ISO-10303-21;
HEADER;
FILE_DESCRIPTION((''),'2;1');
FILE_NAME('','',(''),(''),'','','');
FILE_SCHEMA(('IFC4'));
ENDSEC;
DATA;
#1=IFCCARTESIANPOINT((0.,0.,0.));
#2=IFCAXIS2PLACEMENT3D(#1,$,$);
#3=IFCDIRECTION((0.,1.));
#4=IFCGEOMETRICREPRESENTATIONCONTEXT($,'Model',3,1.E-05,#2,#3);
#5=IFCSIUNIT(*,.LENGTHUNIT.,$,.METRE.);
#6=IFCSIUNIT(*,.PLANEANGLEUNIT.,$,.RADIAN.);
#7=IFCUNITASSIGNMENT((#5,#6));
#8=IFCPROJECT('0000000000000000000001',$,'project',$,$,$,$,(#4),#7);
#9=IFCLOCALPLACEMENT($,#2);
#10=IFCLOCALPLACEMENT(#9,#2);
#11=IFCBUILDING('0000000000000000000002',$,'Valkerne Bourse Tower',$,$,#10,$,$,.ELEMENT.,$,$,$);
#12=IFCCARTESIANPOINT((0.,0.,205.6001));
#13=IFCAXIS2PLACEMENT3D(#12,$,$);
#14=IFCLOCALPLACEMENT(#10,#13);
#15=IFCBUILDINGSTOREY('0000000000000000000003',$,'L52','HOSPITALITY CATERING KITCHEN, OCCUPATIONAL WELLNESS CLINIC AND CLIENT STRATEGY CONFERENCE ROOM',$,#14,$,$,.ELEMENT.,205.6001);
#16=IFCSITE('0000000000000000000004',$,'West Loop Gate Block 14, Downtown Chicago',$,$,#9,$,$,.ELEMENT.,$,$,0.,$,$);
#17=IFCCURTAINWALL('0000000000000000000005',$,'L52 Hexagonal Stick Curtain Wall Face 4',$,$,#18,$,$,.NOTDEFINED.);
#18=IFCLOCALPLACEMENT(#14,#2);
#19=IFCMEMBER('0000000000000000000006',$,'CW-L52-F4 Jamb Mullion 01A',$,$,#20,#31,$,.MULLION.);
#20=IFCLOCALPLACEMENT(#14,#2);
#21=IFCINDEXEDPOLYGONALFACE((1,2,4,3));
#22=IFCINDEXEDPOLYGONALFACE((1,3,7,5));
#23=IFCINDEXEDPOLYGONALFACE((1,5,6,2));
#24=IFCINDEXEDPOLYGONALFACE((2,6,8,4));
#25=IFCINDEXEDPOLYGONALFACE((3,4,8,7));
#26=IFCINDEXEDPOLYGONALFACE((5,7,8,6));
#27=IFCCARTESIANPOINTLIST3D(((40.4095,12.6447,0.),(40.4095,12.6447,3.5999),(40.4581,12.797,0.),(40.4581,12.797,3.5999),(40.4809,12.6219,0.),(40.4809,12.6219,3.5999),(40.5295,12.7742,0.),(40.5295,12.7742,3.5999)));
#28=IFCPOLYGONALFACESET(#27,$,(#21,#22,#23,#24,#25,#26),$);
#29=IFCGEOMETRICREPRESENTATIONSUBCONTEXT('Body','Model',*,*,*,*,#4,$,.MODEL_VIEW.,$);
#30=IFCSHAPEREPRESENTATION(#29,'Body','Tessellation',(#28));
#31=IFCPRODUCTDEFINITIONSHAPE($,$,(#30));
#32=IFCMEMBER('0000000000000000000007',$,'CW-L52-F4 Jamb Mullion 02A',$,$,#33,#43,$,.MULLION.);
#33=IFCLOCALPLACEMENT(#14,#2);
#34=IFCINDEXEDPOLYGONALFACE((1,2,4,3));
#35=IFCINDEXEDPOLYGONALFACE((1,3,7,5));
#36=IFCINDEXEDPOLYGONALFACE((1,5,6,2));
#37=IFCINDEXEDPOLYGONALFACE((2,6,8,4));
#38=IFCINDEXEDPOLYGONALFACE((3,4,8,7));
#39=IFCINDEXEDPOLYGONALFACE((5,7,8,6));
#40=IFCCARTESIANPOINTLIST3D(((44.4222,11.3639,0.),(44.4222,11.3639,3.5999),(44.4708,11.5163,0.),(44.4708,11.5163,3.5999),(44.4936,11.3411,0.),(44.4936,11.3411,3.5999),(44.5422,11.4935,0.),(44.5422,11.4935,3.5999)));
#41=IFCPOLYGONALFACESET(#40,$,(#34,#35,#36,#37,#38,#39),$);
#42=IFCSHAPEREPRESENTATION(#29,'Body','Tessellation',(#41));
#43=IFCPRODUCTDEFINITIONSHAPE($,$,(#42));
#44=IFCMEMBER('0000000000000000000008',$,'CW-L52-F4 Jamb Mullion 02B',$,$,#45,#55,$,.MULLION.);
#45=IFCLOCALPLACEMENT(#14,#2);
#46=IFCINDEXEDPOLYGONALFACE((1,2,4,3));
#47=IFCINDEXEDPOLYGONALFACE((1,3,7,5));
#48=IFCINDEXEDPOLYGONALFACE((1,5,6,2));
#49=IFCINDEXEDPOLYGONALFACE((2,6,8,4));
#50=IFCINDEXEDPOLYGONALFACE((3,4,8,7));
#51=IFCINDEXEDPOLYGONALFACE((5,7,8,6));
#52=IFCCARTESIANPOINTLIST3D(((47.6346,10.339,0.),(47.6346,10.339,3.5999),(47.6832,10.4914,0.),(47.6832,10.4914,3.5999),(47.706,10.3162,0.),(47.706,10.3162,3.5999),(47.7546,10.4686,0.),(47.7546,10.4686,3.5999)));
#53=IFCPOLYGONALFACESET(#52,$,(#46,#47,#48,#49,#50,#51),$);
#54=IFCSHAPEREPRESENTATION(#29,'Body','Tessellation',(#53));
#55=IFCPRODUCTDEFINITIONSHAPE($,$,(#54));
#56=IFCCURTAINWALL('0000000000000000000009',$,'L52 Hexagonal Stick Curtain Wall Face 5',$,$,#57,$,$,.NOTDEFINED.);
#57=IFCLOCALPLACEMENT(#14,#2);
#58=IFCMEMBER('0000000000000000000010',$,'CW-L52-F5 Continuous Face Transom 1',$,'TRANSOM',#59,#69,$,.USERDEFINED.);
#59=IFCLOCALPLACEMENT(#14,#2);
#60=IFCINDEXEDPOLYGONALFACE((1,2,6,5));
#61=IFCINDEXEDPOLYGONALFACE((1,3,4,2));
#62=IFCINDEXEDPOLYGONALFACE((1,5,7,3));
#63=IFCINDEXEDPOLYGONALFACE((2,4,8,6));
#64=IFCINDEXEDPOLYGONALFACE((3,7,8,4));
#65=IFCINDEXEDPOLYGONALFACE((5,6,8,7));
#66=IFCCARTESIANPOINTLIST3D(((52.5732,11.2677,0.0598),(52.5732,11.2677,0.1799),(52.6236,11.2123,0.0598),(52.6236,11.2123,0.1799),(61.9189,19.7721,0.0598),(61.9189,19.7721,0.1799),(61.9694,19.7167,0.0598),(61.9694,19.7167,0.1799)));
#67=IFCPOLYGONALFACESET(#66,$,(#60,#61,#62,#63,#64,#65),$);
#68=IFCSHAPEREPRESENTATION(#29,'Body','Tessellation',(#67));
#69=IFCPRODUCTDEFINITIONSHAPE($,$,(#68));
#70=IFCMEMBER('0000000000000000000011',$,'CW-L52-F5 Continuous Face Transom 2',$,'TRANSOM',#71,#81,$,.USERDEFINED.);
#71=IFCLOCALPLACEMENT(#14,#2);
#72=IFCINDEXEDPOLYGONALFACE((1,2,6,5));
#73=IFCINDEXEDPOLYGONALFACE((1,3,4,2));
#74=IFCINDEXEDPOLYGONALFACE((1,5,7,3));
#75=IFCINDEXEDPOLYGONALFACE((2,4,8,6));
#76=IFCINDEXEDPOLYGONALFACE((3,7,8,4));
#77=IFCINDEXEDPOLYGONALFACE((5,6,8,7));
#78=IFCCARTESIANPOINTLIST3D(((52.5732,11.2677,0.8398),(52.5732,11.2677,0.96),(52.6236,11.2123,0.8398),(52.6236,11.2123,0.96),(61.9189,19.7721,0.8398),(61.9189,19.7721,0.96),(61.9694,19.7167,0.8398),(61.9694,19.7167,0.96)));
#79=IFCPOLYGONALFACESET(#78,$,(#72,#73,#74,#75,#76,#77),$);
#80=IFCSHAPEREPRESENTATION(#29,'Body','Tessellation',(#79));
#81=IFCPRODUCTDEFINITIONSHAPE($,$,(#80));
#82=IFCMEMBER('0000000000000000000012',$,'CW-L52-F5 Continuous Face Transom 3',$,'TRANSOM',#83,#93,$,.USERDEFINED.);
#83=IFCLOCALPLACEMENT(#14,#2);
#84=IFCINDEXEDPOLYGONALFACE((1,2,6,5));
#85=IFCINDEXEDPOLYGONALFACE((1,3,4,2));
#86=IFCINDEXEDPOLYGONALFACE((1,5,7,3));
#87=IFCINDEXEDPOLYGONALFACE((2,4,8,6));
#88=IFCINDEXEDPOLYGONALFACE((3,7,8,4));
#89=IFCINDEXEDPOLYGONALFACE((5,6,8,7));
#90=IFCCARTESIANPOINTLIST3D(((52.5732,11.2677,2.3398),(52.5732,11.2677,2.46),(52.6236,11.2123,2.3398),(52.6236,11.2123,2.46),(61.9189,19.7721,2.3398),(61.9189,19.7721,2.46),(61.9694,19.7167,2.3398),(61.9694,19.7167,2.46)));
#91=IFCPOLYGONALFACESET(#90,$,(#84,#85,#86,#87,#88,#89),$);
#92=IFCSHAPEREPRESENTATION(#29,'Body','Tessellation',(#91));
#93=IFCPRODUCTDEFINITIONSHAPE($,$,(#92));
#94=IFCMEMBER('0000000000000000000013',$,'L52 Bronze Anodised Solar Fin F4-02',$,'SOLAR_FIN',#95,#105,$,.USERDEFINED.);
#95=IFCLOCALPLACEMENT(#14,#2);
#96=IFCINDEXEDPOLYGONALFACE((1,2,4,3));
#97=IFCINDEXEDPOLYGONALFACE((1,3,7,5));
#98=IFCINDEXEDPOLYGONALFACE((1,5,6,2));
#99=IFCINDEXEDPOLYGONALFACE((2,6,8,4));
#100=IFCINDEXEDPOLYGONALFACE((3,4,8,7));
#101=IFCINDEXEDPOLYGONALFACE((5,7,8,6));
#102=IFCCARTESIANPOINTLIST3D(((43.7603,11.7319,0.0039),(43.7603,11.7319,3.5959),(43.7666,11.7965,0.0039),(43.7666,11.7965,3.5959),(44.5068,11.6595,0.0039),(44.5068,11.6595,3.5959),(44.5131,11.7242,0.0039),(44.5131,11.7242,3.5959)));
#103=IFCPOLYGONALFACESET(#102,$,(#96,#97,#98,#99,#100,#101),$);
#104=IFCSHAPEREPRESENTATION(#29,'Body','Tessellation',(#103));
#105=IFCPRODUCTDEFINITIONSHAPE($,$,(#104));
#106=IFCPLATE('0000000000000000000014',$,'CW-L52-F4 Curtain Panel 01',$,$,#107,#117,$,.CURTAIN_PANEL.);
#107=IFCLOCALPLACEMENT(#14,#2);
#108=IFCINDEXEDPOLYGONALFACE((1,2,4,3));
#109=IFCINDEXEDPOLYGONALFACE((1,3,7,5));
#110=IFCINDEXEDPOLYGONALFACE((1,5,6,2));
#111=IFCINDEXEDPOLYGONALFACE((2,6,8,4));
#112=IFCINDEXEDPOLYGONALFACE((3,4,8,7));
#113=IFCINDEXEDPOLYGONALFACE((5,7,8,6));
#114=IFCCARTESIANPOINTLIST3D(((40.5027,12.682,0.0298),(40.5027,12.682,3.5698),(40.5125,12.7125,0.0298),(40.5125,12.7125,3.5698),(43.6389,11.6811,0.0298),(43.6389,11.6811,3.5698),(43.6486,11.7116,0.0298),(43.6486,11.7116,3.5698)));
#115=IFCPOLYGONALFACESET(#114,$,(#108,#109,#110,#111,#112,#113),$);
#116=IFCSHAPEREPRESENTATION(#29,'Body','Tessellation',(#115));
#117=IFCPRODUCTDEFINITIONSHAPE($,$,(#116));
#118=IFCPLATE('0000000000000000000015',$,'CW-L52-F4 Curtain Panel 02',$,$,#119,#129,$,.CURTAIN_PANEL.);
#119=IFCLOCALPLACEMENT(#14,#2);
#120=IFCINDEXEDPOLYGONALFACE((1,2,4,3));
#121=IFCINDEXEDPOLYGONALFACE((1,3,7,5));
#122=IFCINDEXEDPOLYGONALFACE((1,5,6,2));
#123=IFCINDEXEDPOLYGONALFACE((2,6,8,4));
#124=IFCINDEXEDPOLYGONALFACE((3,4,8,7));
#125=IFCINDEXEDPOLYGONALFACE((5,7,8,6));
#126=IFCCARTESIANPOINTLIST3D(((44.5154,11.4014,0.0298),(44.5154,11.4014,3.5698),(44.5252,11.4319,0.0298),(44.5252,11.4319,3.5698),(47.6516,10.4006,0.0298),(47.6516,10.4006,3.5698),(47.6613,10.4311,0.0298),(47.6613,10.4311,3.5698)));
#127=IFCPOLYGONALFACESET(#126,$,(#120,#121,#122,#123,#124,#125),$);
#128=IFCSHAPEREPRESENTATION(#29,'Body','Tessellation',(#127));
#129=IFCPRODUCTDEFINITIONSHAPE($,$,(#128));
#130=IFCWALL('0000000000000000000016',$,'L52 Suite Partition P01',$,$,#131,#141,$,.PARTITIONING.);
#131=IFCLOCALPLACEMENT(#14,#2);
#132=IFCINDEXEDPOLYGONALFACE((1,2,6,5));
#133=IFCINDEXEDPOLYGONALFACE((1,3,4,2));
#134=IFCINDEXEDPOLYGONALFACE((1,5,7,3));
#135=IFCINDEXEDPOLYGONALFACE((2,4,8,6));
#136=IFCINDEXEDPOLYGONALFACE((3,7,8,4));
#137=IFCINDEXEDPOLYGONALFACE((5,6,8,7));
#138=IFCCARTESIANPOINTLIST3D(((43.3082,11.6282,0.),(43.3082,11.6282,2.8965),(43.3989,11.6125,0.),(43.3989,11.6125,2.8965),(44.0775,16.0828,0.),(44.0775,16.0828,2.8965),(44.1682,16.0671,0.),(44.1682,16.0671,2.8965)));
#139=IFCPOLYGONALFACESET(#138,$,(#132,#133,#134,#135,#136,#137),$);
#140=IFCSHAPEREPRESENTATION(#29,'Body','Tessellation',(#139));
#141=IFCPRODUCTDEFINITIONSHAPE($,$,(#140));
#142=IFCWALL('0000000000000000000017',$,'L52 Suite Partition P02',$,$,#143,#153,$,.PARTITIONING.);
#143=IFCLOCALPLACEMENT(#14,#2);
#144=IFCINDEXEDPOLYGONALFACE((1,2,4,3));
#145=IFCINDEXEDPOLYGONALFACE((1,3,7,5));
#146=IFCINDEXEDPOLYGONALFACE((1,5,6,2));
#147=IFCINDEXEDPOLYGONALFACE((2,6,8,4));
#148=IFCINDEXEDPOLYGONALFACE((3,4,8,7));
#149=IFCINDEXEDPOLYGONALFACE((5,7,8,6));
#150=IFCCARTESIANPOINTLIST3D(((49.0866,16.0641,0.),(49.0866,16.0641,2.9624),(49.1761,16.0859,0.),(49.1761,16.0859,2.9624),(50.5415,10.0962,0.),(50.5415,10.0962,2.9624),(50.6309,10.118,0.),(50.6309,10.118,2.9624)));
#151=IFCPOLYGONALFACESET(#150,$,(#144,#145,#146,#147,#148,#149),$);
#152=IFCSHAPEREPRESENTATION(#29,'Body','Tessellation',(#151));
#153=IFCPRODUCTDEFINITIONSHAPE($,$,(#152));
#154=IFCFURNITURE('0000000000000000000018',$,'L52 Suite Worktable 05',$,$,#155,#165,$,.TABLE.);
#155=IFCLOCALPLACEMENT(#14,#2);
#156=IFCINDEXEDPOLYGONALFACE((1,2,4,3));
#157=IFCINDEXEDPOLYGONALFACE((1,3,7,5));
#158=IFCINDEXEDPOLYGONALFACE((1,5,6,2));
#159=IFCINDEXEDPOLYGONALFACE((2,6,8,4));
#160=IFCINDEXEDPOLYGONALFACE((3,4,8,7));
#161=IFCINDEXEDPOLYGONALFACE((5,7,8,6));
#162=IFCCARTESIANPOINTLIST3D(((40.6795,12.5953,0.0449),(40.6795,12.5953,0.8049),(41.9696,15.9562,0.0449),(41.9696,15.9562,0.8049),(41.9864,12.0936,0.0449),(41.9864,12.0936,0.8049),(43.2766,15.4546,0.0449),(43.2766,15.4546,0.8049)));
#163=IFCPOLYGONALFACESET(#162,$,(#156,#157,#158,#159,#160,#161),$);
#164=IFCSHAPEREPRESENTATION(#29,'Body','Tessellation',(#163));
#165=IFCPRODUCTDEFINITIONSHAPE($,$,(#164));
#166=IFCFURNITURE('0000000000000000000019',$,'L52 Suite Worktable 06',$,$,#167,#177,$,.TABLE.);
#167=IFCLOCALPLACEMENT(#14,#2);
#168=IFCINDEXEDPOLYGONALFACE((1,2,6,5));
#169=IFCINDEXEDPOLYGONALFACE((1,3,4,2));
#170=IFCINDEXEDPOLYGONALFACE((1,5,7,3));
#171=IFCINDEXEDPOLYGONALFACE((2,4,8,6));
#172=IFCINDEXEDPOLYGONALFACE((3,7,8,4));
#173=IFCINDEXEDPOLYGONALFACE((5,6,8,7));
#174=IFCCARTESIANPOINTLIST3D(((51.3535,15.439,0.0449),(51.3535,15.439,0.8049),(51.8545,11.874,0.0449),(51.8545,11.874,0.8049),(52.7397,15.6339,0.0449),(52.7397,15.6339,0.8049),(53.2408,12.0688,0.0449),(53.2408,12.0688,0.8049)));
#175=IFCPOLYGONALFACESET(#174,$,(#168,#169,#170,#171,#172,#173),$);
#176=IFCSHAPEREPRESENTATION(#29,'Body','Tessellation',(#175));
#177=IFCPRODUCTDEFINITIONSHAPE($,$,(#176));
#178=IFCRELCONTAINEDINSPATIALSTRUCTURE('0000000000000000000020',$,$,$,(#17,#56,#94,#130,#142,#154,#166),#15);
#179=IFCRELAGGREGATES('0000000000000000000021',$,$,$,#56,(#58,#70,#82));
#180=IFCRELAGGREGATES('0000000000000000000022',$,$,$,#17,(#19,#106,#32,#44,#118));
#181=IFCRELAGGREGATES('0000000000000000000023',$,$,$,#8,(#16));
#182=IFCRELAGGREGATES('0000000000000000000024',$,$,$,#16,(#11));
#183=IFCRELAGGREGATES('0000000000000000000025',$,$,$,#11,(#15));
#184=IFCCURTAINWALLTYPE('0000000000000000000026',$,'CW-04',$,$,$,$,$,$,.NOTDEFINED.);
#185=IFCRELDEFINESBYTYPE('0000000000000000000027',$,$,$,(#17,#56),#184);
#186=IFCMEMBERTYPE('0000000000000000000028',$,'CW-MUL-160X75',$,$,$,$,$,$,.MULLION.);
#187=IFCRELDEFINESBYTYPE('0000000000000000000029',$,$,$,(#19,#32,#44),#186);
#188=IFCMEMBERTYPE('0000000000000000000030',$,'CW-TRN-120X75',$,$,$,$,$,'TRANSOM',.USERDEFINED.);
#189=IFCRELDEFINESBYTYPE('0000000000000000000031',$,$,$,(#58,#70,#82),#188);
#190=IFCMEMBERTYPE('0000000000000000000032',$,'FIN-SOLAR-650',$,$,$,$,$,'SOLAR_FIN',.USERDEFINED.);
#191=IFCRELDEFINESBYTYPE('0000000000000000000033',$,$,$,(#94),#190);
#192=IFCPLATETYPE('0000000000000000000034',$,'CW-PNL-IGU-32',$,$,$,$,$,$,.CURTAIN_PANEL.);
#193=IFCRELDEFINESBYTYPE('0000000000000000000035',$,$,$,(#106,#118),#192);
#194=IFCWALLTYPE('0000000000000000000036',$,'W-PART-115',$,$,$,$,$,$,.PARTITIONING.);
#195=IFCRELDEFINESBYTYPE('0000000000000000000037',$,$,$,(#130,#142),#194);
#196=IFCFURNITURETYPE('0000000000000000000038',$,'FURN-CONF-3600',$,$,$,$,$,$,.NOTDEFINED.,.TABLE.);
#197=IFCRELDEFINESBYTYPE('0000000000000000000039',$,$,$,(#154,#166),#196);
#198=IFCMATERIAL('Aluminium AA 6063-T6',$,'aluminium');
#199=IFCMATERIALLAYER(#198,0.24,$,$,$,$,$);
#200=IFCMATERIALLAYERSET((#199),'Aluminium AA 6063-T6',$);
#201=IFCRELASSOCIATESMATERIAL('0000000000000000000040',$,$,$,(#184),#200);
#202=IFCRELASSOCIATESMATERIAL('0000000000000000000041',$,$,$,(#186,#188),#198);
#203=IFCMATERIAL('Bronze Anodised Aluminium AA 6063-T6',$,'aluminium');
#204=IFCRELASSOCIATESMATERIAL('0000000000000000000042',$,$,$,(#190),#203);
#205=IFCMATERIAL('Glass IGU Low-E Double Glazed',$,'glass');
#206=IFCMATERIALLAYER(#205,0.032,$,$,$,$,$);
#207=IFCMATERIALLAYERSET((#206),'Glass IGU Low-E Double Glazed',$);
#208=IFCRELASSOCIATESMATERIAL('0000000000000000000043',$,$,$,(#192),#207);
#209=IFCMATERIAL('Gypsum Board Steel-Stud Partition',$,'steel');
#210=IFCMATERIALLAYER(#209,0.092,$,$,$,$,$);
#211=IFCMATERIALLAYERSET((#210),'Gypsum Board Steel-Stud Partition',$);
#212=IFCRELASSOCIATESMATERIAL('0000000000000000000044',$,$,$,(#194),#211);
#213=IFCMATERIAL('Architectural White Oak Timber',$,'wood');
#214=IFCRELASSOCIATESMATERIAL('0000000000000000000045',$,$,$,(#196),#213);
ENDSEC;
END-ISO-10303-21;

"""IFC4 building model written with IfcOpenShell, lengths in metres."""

from ifc_helpers import new_model, si_unit, direction, frame, frame_2d, origin, origin_2d, place, context, subcontext, project, spatial, rectangle, extrude, material, layer, layer_set, material_profile, profile_set, type_object, element, aggregate, save


model = new_model("IFC4")

# Units and contexts
model_context = context("Model", 3, precision=1e-05, world=origin(), true_north=direction((0.0, 1.0)))
body_context = subcontext(model_context, "Body", "Model", "MODEL_VIEW")
ifc_project = project(units=[si_unit("LENGTHUNIT", "METRE"), si_unit("PLANEANGLEUNIT", "RADIAN")], contexts=[model_context])

# Site, building, storey
site_placement = place(None, origin())
site = spatial("IfcSite", under=ifc_project, at=site_placement, Name="West Loop Gate Block 14, Downtown Chicago", CompositionType="ELEMENT", RefElevation=0.0)
building_placement = place(site_placement, origin())
building = spatial("IfcBuilding", under=site, at=building_placement, Name="Valkerne Bourse Tower", CompositionType="ELEMENT")
storey_placement = place(building_placement, frame((0.0, 0.0, 205.6001)))
storey = spatial("IfcBuildingStorey", under=building, at=storey_placement, Name="L52", Description="HOSPITALITY CATERING KITCHEN, OCCUPATIONAL WELLNESS CLINIC AND CLIENT STRATEGY CONFERENCE ROOM", CompositionType="ELEMENT", Elevation=205.6001)

# Curtain walls, members
ifc_material_1 = material(Name="Aluminium AA 6063-T6", Category="aluminium")
ifc_layer_1 = layer(ifc_material_1, 0.24)
ifc_layer_set_1 = layer_set([ifc_layer_1], Name="Aluminium AA 6063-T6")
curtain_wall_type = type_object("IfcCurtainWallType", Name="CW-04", PredefinedType="NOTDEFINED", material=ifc_layer_set_1)
curtain_wall_1_placement = place(storey_placement, origin())
curtain_wall_1 = element("IfcCurtainWall", 1, at=curtain_wall_1_placement, inside=storey, type_object=curtain_wall_type, Name="L52 Hexagonal Stick Curtain Wall Face 4", PredefinedType="NOTDEFINED")
ifc_material_profile_1 = material_profile(ifc_material_1, rectangle(XDim=0.075, YDim=0.1599, at=origin_2d()), Name="CWM-75X160")
ifc_profile_set_1 = profile_set([ifc_material_profile_1], Name="Aluminium AA 6063-T6")
member_type_1 = type_object("IfcMemberType", Name="CW-MUL-160X75", PredefinedType="MULLION", material=ifc_profile_set_1)
member_1_placement = place(storey_placement, frame((40.4695, 12.7095, 0.0), z_axis=(0.0, 0.0, 1.0), x_axis=(0.95266, -0.304037, 0.0)))
member_1 = element("IfcMember", 2, at=member_1_placement, type_object=member_type_1, Name="CW-L52-F4 Jamb Mullion 01A", PredefinedType="MULLION", context=body_context, shape_type="SweptSolid", body=[
    extrude(rectangle(XDim=0.075, YDim=0.1599, at=origin_2d()), origin(), (0.0, 0.0, 1.0), 3.5999),
])
member_2_placement = place(storey_placement, frame((44.4822, 11.4287, 0.0), z_axis=(0.0, 0.0, 1.0), x_axis=(0.952667, -0.304015, 0.0)))
member_2 = element("IfcMember", 3, at=member_2_placement, type_object=member_type_1, Name="CW-L52-F4 Jamb Mullion 02A", PredefinedType="MULLION", context=body_context, shape_type="SweptSolid", body=[
    extrude(rectangle(XDim=0.075, YDim=0.1599, at=origin_2d()), origin(), (0.0, 0.0, 1.0), 3.5999),
])
member_3_placement = place(storey_placement, frame((47.6946, 10.4038, 0.0), z_axis=(0.0, 0.0, 1.0), x_axis=(0.952667, -0.304015, 0.0)))
member_3 = element("IfcMember", 4, at=member_3_placement, type_object=member_type_1, Name="CW-L52-F4 Jamb Mullion 02B", PredefinedType="MULLION", context=body_context, shape_type="SweptSolid", body=[
    extrude(rectangle(XDim=0.075, YDim=0.1599, at=origin_2d()), origin(), (0.0, 0.0, 1.0), 3.5999),
])
curtain_wall_2_placement = place(storey_placement, origin())
curtain_wall_2 = element("IfcCurtainWall", 5, at=curtain_wall_2_placement, inside=storey, type_object=curtain_wall_type, Name="L52 Hexagonal Stick Curtain Wall Face 5", PredefinedType="NOTDEFINED")
ifc_material_profile_2 = material_profile(ifc_material_1, rectangle(XDim=0.075, YDim=0.1201, at=origin_2d()), Name="CWT-75X120")
ifc_profile_set_2 = profile_set([ifc_material_profile_2], Name="Aluminium AA 6063-T6")
member_type_2 = type_object("IfcMemberType", Name="CW-TRN-120X75", ElementType="TRANSOM", PredefinedType="USERDEFINED", material=ifc_profile_set_2)
member_4_placement = place(storey_placement, frame((52.5984, 11.24, 0.1199), z_axis=(0.739613, 0.673032, 0.0), x_axis=(-0.673032, 0.739613, 0.0)))
member_4 = element("IfcMember", 6, at=member_4_placement, type_object=member_type_2, Name="CW-L52-F5 Continuous Face Transom 1", ObjectType="TRANSOM", PredefinedType="USERDEFINED", context=body_context, shape_type="SweptSolid", body=[
    extrude(rectangle(XDim=0.075, YDim=0.1201, at=origin_2d()), origin(), (0.0, 0.0, 1.0), 12.636),
])
member_5_placement = place(storey_placement, frame((52.5984, 11.24, 0.8999), z_axis=(0.739613, 0.673032, 0.0), x_axis=(-0.673032, 0.739613, 0.0)))
member_5 = element("IfcMember", 7, at=member_5_placement, type_object=member_type_2, Name="CW-L52-F5 Continuous Face Transom 2", ObjectType="TRANSOM", PredefinedType="USERDEFINED", context=body_context, shape_type="SweptSolid", body=[
    extrude(rectangle(XDim=0.075, YDim=0.1201, at=origin_2d()), origin(), (0.0, 0.0, 1.0), 12.636),
])
member_6_placement = place(storey_placement, frame((52.5984, 11.24, 2.3999), z_axis=(0.739613, 0.673032, 0.0), x_axis=(-0.673032, 0.739613, 0.0)))
member_6 = element("IfcMember", 8, at=member_6_placement, type_object=member_type_2, Name="CW-L52-F5 Continuous Face Transom 3", ObjectType="TRANSOM", PredefinedType="USERDEFINED", context=body_context, shape_type="SweptSolid", body=[
    extrude(rectangle(XDim=0.075, YDim=0.1201, at=origin_2d()), origin(), (0.0, 0.0, 1.0), 12.636),
])
aggregate(curtain_wall_2, [member_4, member_5, member_6])

# Member
ifc_material_2 = material(Name="Bronze Anodised Aluminium AA 6063-T6", Category="aluminium")
ifc_material_profile_3 = material_profile(ifc_material_2, rectangle(XDim=0.0649, YDim=0.75, at=origin_2d()), Name="FIN-65X750")
ifc_profile_set_3 = profile_set([ifc_material_profile_3], Name="Bronze Anodised Aluminium AA 6063-T6")
member_type_3 = type_object("IfcMemberType", Name="FIN-SOLAR-650", ElementType="SOLAR_FIN", PredefinedType="USERDEFINED", material=ifc_profile_set_3)
member_7_placement = place(storey_placement, frame((44.1367, 11.728, 0.0039), z_axis=(0.0, 0.0, 1.0), x_axis=(-0.096505, -0.995333, 0.0)))
element("IfcMember", 9, at=member_7_placement, inside=storey, type_object=member_type_3, Name="L52 Bronze Anodised Solar Fin F4-02", ObjectType="SOLAR_FIN", PredefinedType="USERDEFINED", context=body_context, shape_type="SweptSolid", body=[
    extrude(rectangle(XDim=0.0649, YDim=0.75, at=origin_2d()), origin(), (0.0, 0.0, 1.0), 3.592),
])

# Plates
ifc_material_3 = material(Name="Glass IGU Low-E Double Glazed", Category="glass")
ifc_layer_2 = layer(ifc_material_3, 0.032)
ifc_layer_set_2 = layer_set([ifc_layer_2], Name="Glass IGU Low-E Double Glazed")
plate_type = type_object("IfcPlateType", Name="CW-PNL-IGU-32", PredefinedType="CURTAIN_PANEL", material=ifc_layer_set_2)
plate_1_placement = place(storey_placement, frame((42.0757, 12.1968, 0.0298), z_axis=(0.0, 0.0, 1.0), x_axis=(0.95266, -0.304037, 0.0)))
plate_1 = element("IfcPlate", 10, at=plate_1_placement, type_object=plate_type, Name="CW-L52-F4 Curtain Panel 01", PredefinedType="CURTAIN_PANEL", context=body_context, shape_type="SweptSolid", body=[
    extrude(rectangle(XDim=3.292, YDim=0.032, at=origin_2d()), origin(), (0.0, 0.0, 1.0), 3.54),
])
plate_2_placement = place(storey_placement, frame((46.0884, 10.9163, 0.0298), z_axis=(0.0, 0.0, 1.0), x_axis=(0.952667, -0.304015, 0.0)))
plate_2 = element("IfcPlate", 11, at=plate_2_placement, type_object=plate_type, Name="CW-L52-F4 Curtain Panel 02", PredefinedType="CURTAIN_PANEL", context=body_context, shape_type="SweptSolid", body=[
    extrude(rectangle(XDim=3.292, YDim=0.032, at=origin_2d()), origin(), (0.0, 0.0, 1.0), 3.54),
])
aggregate(curtain_wall_1, [member_1, plate_1, member_2, member_3, plate_2])

# Walls
ifc_material_4 = material(Name="Gypsum Board Steel-Stud Partition", Category="steel")
ifc_layer_3 = layer(ifc_material_4, 0.092)
ifc_layer_set_3 = layer_set([ifc_layer_3], Name="Gypsum Board Steel-Stud Partition")
wall_type = type_object("IfcWallType", Name="W-PART-115", PredefinedType="PARTITIONING", material=ifc_layer_set_3)
wall_1_placement = place(storey_placement, frame((44.1228, 16.075, 0.0), z_axis=(0.0, 0.0, 1.0), x_axis=(-0.170176, -0.985414, 0.0)))
element("IfcWall", 12, at=wall_1_placement, inside=storey, type_object=wall_type, Name="L52 Suite Partition P01", PredefinedType="PARTITIONING", context=body_context, shape_type="SweptSolid", body=[
    extrude(rectangle(XDim=4.5205, YDim=0.092, at=frame_2d((2.2603, 0.0))), origin(), (0.0, 0.0, 1.0), 2.8965),
])
wall_2_placement = place(storey_placement, frame((49.1313, 16.075, 0.0), z_axis=(0.0, 0.0, 1.0), x_axis=(0.236845, -0.971547, 0.0)))
element("IfcWall", 13, at=wall_2_placement, inside=storey, type_object=wall_type, Name="L52 Suite Partition P02", PredefinedType="PARTITIONING", context=body_context, shape_type="SweptSolid", body=[
    extrude(rectangle(XDim=6.1426, YDim=0.092, at=frame_2d((3.0713, 0.0))), origin(), (0.0, 0.0, 1.0), 2.9624),
])

# Furniture
ifc_material_5 = material(Name="Architectural White Oak Timber", Category="wood")
furniture_type = type_object("IfcFurnitureType", Name="FURN-CONF-3600", AssemblyPlace="NOTDEFINED", PredefinedType="TABLE", material=ifc_material_5)
for number, where, z_axis, x_axis, name in (
    (14, (41.978, 14.0249, 0.0449), (0.0, 0.0, 1.0), (0.358368, 0.93358, 0.0), "L52 Suite Worktable 05"),
    (15, (52.2971, 13.7539, 0.0449), (0.0, 0.0, 1.0), (-0.139173, 0.990268, 0.0), "L52 Suite Worktable 06"),
):
    element("IfcFurniture", number, at=place(storey_placement, frame(where, z_axis=z_axis, x_axis=x_axis)), inside=storey, type_object=furniture_type, Name=name, PredefinedType="TABLE", context=body_context, shape_type="SweptSolid", body=[
        extrude(rectangle(XDim=3.6001, YDim=1.3999, at=origin_2d()), origin(), (0.0, 0.0, 1.0), 0.76),
    ])

save(model, "model.ifc")
